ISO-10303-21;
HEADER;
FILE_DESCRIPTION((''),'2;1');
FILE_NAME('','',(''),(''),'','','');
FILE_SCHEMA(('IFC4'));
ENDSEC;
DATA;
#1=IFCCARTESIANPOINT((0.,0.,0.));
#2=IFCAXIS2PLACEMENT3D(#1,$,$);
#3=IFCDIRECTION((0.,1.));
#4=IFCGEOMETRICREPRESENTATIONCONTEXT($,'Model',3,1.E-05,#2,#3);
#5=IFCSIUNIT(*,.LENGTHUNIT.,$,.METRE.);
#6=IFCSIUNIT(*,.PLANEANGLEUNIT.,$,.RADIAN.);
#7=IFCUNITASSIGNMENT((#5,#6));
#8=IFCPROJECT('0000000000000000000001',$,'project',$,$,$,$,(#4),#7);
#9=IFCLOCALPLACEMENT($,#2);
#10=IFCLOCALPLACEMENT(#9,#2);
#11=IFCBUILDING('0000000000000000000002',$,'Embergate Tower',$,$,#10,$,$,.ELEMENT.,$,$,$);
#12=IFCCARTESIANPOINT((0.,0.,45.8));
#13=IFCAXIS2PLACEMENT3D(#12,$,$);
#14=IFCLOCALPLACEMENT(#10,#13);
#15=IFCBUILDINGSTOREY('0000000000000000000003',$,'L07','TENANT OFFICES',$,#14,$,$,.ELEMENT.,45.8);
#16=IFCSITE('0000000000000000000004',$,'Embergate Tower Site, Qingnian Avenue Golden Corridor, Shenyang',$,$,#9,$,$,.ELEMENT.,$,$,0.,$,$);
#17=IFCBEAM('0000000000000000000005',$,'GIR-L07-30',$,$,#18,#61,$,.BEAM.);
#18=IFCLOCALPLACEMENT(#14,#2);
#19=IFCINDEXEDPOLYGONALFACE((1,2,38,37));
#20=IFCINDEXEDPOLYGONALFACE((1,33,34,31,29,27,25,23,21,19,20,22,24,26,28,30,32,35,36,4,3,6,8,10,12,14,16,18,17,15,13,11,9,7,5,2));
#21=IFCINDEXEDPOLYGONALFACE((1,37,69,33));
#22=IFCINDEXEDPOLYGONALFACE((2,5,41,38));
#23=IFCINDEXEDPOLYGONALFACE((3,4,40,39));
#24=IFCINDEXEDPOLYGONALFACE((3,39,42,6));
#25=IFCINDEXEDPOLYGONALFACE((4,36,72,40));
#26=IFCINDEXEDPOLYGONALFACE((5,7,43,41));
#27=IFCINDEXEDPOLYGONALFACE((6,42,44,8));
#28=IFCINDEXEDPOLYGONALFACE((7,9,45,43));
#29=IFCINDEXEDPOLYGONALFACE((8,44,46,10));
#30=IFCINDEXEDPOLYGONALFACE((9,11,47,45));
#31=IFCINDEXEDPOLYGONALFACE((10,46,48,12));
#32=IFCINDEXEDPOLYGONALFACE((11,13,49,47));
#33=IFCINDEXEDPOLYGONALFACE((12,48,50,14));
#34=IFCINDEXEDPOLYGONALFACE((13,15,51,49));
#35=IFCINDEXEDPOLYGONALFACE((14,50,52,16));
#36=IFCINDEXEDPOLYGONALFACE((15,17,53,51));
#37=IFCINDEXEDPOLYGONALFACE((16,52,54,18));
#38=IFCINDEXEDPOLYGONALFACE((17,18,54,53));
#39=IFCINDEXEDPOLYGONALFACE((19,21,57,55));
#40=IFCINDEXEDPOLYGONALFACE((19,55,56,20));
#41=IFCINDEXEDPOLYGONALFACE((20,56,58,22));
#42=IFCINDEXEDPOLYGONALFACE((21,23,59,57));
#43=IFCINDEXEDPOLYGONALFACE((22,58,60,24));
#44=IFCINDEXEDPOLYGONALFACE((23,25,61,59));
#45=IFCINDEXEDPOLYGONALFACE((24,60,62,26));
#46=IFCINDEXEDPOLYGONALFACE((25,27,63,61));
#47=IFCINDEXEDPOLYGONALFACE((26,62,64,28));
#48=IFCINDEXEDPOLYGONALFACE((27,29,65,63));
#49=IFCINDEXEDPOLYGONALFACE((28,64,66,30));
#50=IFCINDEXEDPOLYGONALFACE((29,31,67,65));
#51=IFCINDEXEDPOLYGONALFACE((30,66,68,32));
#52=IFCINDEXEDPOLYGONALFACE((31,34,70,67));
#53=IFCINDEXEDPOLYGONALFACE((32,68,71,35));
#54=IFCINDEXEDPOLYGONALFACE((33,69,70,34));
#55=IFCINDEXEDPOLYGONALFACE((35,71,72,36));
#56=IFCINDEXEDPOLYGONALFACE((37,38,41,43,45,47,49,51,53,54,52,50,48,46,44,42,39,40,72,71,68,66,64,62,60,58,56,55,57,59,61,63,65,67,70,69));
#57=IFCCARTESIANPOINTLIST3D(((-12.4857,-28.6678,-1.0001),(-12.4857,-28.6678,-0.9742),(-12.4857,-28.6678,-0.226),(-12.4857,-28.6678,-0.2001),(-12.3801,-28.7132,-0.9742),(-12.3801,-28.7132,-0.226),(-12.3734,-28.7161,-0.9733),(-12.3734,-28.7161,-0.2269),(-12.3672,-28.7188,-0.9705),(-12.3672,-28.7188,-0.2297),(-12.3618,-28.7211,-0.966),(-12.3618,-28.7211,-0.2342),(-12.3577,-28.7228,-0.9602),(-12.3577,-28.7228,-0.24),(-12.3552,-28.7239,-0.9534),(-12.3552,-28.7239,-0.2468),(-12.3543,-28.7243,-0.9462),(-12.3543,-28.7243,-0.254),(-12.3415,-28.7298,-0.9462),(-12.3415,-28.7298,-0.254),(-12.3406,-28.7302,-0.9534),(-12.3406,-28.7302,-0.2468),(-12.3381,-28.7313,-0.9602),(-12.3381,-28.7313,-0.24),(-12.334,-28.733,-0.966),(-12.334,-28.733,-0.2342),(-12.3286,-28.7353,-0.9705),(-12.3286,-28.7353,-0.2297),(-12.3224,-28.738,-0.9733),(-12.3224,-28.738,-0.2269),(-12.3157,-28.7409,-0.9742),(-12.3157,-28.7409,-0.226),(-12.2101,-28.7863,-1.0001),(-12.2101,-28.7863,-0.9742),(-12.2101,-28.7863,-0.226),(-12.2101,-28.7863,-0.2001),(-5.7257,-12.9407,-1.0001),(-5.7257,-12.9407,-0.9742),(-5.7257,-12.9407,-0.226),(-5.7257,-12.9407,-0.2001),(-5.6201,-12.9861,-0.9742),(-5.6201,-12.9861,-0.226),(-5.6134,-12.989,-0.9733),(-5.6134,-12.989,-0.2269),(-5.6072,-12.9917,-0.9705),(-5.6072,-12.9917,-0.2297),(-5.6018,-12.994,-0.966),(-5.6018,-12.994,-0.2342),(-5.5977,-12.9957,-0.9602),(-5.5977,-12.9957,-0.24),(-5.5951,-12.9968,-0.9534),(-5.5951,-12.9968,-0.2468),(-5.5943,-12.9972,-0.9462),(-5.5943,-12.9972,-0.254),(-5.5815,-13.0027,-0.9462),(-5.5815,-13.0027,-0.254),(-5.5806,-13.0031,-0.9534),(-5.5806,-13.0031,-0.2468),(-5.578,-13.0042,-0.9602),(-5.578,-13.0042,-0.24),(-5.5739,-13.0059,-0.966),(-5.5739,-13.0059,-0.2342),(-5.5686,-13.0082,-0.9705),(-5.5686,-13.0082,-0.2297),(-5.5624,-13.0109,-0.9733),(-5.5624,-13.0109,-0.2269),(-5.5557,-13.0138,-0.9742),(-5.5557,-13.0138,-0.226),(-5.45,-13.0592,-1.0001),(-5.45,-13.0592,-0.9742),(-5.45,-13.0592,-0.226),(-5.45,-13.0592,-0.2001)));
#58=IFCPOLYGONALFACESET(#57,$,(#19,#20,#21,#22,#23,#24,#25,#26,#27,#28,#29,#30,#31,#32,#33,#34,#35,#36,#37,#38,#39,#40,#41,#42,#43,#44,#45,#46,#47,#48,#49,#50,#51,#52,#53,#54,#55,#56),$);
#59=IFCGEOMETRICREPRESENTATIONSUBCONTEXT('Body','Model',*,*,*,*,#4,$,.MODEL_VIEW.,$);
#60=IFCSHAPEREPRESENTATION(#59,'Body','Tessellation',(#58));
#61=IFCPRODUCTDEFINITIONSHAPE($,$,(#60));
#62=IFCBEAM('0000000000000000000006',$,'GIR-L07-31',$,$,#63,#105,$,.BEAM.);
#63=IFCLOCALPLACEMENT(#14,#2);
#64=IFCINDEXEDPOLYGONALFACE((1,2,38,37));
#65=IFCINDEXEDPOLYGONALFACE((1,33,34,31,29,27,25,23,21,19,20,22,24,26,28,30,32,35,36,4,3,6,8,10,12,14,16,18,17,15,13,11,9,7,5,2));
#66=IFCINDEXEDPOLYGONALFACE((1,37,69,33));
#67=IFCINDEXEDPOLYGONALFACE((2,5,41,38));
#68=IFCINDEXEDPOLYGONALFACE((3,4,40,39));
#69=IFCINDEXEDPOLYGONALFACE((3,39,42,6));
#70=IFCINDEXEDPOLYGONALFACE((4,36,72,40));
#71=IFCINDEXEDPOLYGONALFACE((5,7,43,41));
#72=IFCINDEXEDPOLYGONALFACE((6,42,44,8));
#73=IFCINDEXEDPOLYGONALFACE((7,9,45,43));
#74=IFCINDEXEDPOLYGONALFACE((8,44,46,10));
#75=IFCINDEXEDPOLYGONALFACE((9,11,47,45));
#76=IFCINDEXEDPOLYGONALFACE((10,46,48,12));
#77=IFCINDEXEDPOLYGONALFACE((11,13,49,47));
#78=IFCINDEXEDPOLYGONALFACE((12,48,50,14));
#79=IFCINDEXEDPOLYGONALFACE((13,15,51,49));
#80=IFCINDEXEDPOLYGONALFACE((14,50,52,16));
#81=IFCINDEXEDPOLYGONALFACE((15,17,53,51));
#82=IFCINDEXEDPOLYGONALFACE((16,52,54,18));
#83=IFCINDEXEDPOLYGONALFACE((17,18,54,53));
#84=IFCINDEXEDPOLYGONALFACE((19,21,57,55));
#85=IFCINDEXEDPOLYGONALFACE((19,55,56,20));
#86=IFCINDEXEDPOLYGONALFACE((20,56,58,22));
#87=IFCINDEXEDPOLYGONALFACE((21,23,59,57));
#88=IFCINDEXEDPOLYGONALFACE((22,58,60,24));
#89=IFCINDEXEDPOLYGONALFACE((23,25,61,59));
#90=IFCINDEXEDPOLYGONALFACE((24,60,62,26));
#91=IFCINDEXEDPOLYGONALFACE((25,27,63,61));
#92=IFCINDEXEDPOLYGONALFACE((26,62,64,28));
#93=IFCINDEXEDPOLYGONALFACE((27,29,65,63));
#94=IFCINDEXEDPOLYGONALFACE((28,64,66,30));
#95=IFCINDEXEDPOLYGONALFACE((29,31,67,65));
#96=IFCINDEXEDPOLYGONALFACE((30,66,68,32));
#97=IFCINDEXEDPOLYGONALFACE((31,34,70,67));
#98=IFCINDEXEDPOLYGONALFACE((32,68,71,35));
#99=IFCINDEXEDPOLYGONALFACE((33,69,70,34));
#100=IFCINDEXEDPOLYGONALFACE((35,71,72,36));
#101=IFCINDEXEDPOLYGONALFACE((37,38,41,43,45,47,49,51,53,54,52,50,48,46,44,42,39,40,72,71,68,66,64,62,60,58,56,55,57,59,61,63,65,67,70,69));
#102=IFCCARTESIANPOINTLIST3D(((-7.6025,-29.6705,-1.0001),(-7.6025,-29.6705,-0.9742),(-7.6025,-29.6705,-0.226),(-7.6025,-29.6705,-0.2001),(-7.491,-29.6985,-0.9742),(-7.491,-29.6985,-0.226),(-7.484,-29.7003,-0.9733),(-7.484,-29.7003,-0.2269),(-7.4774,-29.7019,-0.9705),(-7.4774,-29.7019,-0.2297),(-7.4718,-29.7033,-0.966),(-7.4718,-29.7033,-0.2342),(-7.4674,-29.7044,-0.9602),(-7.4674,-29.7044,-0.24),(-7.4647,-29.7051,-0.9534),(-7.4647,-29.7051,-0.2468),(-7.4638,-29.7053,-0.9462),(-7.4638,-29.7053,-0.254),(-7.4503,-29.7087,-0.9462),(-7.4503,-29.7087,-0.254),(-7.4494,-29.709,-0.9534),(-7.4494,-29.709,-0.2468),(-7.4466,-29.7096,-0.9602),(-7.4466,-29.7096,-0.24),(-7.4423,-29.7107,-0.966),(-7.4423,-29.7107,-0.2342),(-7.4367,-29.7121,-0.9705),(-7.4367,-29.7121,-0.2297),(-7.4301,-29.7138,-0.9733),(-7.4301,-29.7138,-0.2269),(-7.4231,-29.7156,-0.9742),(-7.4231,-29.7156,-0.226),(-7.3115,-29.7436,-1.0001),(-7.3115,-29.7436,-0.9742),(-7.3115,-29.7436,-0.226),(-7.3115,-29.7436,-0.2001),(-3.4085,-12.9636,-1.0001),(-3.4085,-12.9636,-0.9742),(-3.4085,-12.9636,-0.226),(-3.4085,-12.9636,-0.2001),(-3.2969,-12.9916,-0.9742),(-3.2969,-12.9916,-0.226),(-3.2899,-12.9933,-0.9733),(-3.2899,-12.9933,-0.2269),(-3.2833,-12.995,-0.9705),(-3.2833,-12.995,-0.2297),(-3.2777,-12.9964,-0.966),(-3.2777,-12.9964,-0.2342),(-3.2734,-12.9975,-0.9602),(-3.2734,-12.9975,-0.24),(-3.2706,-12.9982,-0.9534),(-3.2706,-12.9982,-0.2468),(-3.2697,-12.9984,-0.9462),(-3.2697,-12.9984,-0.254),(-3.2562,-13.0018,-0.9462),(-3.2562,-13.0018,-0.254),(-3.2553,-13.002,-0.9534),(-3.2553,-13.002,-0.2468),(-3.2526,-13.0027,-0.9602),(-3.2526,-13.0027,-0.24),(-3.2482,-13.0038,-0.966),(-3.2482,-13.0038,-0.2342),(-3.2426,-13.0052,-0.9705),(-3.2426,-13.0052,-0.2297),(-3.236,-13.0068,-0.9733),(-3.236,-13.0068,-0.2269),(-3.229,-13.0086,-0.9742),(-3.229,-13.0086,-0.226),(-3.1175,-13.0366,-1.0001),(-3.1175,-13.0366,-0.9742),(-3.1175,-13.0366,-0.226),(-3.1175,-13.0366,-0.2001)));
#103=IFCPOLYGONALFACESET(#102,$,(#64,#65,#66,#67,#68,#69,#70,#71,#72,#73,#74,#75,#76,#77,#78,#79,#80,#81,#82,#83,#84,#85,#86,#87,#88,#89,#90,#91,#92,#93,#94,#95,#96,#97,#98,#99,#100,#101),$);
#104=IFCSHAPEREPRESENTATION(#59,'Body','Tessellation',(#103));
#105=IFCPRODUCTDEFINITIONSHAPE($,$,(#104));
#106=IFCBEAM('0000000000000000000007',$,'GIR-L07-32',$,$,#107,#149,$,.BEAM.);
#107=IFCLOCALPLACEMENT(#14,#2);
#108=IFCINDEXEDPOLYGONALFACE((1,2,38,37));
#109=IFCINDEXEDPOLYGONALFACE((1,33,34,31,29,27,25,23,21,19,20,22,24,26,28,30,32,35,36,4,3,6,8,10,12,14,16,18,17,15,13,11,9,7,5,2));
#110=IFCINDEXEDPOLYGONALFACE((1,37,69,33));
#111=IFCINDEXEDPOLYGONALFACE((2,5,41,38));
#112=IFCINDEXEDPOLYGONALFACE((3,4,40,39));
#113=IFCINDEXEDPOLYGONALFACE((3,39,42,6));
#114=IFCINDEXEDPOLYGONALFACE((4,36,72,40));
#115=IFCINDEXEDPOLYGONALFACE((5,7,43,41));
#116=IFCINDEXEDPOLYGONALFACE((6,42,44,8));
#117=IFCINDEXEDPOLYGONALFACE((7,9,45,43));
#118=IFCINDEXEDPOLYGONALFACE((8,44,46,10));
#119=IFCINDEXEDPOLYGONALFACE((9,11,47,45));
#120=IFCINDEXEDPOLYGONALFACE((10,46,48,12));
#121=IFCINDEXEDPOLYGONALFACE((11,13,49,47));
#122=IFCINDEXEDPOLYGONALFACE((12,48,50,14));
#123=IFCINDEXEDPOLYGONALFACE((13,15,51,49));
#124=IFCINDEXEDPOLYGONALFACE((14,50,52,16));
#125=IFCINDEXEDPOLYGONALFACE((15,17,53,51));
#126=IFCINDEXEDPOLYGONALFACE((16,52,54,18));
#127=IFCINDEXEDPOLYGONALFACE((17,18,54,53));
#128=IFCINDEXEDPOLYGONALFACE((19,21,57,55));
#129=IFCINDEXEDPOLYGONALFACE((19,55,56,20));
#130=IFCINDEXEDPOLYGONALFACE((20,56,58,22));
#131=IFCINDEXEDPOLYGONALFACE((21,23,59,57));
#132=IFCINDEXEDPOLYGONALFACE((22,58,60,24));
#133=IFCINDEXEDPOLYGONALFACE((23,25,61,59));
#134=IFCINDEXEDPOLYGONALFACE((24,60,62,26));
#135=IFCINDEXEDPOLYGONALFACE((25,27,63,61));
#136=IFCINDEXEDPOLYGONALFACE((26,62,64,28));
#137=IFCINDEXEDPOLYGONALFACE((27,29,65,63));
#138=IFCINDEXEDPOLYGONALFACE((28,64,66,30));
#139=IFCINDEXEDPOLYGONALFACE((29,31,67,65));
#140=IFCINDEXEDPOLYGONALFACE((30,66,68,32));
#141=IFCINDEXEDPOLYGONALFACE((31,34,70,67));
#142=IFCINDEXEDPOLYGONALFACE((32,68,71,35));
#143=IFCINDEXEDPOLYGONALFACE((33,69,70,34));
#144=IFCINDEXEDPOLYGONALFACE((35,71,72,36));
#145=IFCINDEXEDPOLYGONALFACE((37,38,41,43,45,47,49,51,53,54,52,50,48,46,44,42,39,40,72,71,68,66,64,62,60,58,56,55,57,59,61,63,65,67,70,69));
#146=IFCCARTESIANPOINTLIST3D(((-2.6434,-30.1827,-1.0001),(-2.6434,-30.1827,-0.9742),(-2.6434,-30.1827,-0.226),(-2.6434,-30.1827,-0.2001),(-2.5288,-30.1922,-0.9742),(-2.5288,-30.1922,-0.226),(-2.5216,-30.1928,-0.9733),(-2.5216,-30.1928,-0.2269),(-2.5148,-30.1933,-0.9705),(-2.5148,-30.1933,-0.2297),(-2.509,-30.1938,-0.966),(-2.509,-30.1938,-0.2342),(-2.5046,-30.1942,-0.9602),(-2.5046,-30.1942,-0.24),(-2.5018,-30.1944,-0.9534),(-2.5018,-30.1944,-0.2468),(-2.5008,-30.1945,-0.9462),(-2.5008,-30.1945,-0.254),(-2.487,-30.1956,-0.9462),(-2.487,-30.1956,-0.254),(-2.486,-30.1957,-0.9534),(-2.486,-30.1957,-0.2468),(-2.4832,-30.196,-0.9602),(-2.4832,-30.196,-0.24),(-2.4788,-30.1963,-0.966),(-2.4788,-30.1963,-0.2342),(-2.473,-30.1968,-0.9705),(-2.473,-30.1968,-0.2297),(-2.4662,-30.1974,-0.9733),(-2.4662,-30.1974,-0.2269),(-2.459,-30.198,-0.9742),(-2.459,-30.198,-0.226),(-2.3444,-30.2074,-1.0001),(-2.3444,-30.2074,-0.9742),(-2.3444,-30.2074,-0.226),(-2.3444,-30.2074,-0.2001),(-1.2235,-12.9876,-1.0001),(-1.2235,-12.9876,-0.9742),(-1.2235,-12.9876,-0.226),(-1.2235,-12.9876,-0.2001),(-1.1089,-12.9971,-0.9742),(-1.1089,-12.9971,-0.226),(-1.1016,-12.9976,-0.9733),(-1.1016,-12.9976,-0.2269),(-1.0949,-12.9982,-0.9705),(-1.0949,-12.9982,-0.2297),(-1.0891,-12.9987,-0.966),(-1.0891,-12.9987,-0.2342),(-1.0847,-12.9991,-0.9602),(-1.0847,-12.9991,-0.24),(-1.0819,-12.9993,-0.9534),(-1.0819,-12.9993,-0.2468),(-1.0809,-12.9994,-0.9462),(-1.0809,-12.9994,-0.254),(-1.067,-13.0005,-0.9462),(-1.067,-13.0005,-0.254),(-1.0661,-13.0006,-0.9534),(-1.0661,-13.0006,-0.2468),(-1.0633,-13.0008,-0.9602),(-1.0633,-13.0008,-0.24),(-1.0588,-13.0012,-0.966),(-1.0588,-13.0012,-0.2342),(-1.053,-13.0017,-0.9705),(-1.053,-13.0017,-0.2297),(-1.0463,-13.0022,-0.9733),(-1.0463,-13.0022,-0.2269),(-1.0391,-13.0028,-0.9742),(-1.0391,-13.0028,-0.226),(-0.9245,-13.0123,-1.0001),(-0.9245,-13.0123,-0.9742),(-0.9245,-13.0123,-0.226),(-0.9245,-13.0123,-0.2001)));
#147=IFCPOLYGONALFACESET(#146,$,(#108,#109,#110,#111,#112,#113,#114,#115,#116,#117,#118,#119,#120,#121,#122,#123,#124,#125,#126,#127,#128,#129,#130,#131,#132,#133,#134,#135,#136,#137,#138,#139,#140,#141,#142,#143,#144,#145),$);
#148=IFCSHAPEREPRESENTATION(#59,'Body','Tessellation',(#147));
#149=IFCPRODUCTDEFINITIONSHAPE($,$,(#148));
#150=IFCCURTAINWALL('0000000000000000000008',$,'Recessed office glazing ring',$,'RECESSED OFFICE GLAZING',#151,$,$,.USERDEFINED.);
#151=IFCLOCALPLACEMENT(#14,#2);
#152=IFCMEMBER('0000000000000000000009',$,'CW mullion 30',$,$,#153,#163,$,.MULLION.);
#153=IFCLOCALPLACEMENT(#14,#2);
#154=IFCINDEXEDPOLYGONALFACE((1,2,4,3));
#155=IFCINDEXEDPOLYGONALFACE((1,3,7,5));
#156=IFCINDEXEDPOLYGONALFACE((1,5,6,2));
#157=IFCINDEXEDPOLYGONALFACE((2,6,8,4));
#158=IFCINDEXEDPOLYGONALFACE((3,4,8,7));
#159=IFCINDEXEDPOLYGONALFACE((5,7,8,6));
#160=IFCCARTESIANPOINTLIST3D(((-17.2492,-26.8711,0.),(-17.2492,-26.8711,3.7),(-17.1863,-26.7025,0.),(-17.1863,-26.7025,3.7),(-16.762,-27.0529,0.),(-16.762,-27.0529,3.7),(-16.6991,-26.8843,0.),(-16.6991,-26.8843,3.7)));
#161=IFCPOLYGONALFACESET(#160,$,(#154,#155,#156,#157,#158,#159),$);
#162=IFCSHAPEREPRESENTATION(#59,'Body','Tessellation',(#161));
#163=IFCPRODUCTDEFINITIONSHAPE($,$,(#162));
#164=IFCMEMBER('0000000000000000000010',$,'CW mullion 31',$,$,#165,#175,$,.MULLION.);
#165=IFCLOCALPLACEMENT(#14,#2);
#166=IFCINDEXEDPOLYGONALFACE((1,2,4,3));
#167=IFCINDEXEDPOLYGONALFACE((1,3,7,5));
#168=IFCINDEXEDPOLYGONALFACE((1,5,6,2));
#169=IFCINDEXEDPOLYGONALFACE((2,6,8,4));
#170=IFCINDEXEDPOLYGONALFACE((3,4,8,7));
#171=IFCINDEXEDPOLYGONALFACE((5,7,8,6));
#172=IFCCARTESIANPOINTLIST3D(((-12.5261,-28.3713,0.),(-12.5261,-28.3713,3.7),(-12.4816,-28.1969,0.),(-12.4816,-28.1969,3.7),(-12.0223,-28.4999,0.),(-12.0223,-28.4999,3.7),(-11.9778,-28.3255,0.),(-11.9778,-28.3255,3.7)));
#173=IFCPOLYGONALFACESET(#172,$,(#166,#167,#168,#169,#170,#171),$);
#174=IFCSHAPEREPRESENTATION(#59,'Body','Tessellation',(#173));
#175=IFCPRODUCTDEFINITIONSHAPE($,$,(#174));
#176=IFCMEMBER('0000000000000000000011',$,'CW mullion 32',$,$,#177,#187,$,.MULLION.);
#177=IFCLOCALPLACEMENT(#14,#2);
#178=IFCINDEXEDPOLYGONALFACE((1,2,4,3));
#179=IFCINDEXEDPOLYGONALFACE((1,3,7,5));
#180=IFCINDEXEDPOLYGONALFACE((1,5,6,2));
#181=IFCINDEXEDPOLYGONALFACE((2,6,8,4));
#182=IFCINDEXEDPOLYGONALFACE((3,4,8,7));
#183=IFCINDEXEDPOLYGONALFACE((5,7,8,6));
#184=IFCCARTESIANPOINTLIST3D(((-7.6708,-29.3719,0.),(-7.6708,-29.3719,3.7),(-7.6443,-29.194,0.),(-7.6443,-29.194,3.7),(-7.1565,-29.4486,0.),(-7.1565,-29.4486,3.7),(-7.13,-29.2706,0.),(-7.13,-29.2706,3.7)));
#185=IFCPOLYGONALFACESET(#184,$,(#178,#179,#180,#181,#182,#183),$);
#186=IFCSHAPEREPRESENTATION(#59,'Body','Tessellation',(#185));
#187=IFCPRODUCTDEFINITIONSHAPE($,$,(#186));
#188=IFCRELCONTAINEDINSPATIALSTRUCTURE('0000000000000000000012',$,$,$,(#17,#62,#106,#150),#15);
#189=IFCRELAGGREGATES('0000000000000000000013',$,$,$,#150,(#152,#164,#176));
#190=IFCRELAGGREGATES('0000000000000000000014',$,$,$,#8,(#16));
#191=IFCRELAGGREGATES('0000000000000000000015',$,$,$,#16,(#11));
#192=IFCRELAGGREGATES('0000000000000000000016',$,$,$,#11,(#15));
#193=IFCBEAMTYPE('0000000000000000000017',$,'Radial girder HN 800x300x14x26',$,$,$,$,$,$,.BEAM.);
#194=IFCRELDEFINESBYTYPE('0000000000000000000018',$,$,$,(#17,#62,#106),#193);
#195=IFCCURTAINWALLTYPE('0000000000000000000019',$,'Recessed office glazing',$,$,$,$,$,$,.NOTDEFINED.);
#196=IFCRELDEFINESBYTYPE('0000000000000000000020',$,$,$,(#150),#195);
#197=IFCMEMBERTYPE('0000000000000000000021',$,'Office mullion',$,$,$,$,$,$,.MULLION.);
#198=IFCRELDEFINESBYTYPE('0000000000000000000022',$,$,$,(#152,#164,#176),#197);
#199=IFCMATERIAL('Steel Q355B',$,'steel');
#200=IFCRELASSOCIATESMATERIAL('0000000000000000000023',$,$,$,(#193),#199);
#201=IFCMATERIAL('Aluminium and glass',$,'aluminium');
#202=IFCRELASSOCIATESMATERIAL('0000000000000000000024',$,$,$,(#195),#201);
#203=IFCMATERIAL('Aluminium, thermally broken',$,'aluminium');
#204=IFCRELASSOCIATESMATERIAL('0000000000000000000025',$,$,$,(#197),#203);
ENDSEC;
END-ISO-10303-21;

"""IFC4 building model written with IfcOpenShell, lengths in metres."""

from ifc_helpers import new_model, si_unit, direction, frame, origin, origin_2d, place, context, subcontext, project, spatial, rectangle, i_section, extrude, source, transform, mapped, material, material_profile, profile_set, type_object, element, aggregate, save


model = new_model("IFC4")

# Units and contexts
model_context = context("Model", 3, precision=1e-05, world=origin(), true_north=direction((0.0, 1.0)))
body_context = subcontext(model_context, "Body", "Model", "MODEL_VIEW")
ifc_project = project(units=[si_unit("LENGTHUNIT", "METRE"), si_unit("PLANEANGLEUNIT", "RADIAN")], contexts=[model_context])

# Site, building, storey
site_placement = place(None, origin())
site = spatial("IfcSite", under=ifc_project, at=site_placement, Name="Embergate Tower Site, Qingnian Avenue Golden Corridor, Shenyang", CompositionType="ELEMENT", RefElevation=0.0)
building_placement = place(site_placement, origin())
building = spatial("IfcBuilding", under=site, at=building_placement, Name="Embergate Tower", CompositionType="ELEMENT")
storey_placement = place(building_placement, frame((0.0, 0.0, 45.8)))
storey = spatial("IfcBuildingStorey", under=building, at=storey_placement, Name="L07", Description="TENANT OFFICES", CompositionType="ELEMENT", Elevation=45.8)

# Beams
ifc_material_1 = material(Name="Steel Q355B", Category="steel")
ifc_material_profile_1 = material_profile(ifc_material_1, i_section(OverallWidth=0.3, OverallDepth=0.8, WebThickness=0.0139, FlangeThickness=0.0259, FilletRadius=0.0281, at=origin_2d()), Name="HN 800x300x14x26")
ifc_profile_set_1 = profile_set([ifc_material_profile_1], Name="Steel Q355 grade B")
beam_type_1 = type_object("IfcBeamType", Name="Radial girder HN 800x300x14x26", PredefinedType="BEAM", material=ifc_profile_set_1)
shared_shape_1 = source(origin(), body_context, "Body", "SweptSolid", [
    extrude(i_section(OverallWidth=0.3, OverallDepth=0.8, WebThickness=0.0139, FlangeThickness=0.0259, FilletRadius=0.0281, at=origin_2d()), origin(), (0.0, 0.0, 1.0), 17.1184),
])
beam_1_placement = place(storey_placement, frame((-12.3479, -28.7271, -0.6001), z_axis=(0.394898, 0.918725, 0.0), x_axis=(-0.918725, 0.394898, 0.0)))
element("IfcBeam", 1, at=beam_1_placement, inside=storey, type_object=beam_type_1, Name="GIR-L07-30", PredefinedType="BEAM", context=body_context, shape_type="MappedRepresentation", body=[
    mapped(shared_shape_1, transform((0.0, 0.0, 0.0))),
])
shared_shape_2 = source(origin(), body_context, "Body", "SweptSolid", [
    extrude(i_section(OverallWidth=0.3, OverallDepth=0.8, WebThickness=0.0139, FlangeThickness=0.0259, FilletRadius=0.0281, at=origin_2d()), origin(), (0.0, 0.0, 1.0), 17.2253),
])
beam_2_placement = place(storey_placement, frame((-7.457, -29.707, -0.6001), z_axis=(0.243483, 0.969905, 0.0), x_axis=(-0.969905, 0.243483, 0.0)))
element("IfcBeam", 2, at=beam_2_placement, inside=storey, type_object=beam_type_1, Name="GIR-L07-31", PredefinedType="BEAM", context=body_context, shape_type="MappedRepresentation", body=[
    mapped(shared_shape_2, transform((0.0, 0.0, 0.0))),
])
shared_shape_3 = source(origin(), body_context, "Body", "SweptSolid", [
    extrude(i_section(OverallWidth=0.3, OverallDepth=0.8, WebThickness=0.0139, FlangeThickness=0.0259, FilletRadius=0.0281, at=origin_2d()), origin(), (0.0, 0.0, 1.0), 17.2537),
])
beam_3_placement = place(storey_placement, frame((-2.4939, -30.1951, -0.6001), z_axis=(0.082297, 0.996608, 0.0), x_axis=(-0.996608, 0.082297, 0.0)))
element("IfcBeam", 3, at=beam_3_placement, inside=storey, type_object=beam_type_1, Name="GIR-L07-32", PredefinedType="BEAM", context=body_context, shape_type="MappedRepresentation", body=[
    mapped(shared_shape_3, transform((0.0, 0.0, 0.0))),
])

# Curtain wall, members
ifc_material_2 = material(Name="Aluminium and glass", Category="aluminium")
curtain_wall_type = type_object("IfcCurtainWallType", Name="Recessed office glazing", PredefinedType="NOTDEFINED", material=ifc_material_2)
curtain_wall_placement = place(storey_placement, origin())
curtain_wall = element("IfcCurtainWall", 4, at=curtain_wall_placement, inside=storey, type_object=curtain_wall_type, Name="Recessed office glazing ring", ObjectType="RECESSED OFFICE GLAZING", PredefinedType="USERDEFINED")
ifc_material_3 = material(Name="Aluminium, thermally broken", Category="aluminium")
ifc_material_profile_2 = material_profile(ifc_material_3, rectangle(XDim=0.1799, YDim=0.52, at=origin_2d()), Name="AL 520x180")
ifc_profile_set_2 = profile_set([ifc_material_profile_2], Name="Aluminium, thermally broken")
member_type_1 = type_object("IfcMemberType", Name="Office mullion", PredefinedType="MULLION", material=ifc_profile_set_2)
shared_shape_4 = source(origin(), body_context, "Body", "SweptSolid", [
    extrude(rectangle(XDim=0.1799, YDim=0.52, at=origin_2d()), origin(), (0.0, 0.0, 1.0), 3.7),
])
member_1_placement = place(storey_placement, frame((-16.9741, -26.8777, 0.0), z_axis=(0.0, 0.0, 1.0), x_axis=(0.349503, 0.936935, 0.0)))
member_1 = element("IfcMember", 5, at=member_1_placement, type_object=member_type_1, Name="CW mullion 30", PredefinedType="MULLION", context=body_context, shape_type="MappedRepresentation", body=[
    mapped(shared_shape_4, transform((0.0, 0.0, 0.0))),
])
member_2_placement = place(storey_placement, frame((-12.252, -28.3484, 0.0), z_axis=(0.0, 0.0, 1.0), x_axis=(0.247312, 0.968936, 0.0)))
member_2 = element("IfcMember", 6, at=member_2_placement, type_object=member_type_1, Name="CW mullion 31", PredefinedType="MULLION", context=body_context, shape_type="MappedRepresentation", body=[
    mapped(shared_shape_4, transform((0.0, 0.0, 0.0))),
])
member_3_placement = place(storey_placement, frame((-7.4004, -29.3213, 0.0), z_axis=(0.0, 0.0, 1.0), x_axis=(0.147412, 0.989075, 0.0)))
member_3 = element("IfcMember", 7, at=member_3_placement, type_object=member_type_1, Name="CW mullion 32", PredefinedType="MULLION", context=body_context, shape_type="MappedRepresentation", body=[
    mapped(shared_shape_4, transform((0.0, 0.0, 0.0))),
])

aggregate(curtain_wall, [member_1, member_2, member_3])

save(model, "model.ifc")
